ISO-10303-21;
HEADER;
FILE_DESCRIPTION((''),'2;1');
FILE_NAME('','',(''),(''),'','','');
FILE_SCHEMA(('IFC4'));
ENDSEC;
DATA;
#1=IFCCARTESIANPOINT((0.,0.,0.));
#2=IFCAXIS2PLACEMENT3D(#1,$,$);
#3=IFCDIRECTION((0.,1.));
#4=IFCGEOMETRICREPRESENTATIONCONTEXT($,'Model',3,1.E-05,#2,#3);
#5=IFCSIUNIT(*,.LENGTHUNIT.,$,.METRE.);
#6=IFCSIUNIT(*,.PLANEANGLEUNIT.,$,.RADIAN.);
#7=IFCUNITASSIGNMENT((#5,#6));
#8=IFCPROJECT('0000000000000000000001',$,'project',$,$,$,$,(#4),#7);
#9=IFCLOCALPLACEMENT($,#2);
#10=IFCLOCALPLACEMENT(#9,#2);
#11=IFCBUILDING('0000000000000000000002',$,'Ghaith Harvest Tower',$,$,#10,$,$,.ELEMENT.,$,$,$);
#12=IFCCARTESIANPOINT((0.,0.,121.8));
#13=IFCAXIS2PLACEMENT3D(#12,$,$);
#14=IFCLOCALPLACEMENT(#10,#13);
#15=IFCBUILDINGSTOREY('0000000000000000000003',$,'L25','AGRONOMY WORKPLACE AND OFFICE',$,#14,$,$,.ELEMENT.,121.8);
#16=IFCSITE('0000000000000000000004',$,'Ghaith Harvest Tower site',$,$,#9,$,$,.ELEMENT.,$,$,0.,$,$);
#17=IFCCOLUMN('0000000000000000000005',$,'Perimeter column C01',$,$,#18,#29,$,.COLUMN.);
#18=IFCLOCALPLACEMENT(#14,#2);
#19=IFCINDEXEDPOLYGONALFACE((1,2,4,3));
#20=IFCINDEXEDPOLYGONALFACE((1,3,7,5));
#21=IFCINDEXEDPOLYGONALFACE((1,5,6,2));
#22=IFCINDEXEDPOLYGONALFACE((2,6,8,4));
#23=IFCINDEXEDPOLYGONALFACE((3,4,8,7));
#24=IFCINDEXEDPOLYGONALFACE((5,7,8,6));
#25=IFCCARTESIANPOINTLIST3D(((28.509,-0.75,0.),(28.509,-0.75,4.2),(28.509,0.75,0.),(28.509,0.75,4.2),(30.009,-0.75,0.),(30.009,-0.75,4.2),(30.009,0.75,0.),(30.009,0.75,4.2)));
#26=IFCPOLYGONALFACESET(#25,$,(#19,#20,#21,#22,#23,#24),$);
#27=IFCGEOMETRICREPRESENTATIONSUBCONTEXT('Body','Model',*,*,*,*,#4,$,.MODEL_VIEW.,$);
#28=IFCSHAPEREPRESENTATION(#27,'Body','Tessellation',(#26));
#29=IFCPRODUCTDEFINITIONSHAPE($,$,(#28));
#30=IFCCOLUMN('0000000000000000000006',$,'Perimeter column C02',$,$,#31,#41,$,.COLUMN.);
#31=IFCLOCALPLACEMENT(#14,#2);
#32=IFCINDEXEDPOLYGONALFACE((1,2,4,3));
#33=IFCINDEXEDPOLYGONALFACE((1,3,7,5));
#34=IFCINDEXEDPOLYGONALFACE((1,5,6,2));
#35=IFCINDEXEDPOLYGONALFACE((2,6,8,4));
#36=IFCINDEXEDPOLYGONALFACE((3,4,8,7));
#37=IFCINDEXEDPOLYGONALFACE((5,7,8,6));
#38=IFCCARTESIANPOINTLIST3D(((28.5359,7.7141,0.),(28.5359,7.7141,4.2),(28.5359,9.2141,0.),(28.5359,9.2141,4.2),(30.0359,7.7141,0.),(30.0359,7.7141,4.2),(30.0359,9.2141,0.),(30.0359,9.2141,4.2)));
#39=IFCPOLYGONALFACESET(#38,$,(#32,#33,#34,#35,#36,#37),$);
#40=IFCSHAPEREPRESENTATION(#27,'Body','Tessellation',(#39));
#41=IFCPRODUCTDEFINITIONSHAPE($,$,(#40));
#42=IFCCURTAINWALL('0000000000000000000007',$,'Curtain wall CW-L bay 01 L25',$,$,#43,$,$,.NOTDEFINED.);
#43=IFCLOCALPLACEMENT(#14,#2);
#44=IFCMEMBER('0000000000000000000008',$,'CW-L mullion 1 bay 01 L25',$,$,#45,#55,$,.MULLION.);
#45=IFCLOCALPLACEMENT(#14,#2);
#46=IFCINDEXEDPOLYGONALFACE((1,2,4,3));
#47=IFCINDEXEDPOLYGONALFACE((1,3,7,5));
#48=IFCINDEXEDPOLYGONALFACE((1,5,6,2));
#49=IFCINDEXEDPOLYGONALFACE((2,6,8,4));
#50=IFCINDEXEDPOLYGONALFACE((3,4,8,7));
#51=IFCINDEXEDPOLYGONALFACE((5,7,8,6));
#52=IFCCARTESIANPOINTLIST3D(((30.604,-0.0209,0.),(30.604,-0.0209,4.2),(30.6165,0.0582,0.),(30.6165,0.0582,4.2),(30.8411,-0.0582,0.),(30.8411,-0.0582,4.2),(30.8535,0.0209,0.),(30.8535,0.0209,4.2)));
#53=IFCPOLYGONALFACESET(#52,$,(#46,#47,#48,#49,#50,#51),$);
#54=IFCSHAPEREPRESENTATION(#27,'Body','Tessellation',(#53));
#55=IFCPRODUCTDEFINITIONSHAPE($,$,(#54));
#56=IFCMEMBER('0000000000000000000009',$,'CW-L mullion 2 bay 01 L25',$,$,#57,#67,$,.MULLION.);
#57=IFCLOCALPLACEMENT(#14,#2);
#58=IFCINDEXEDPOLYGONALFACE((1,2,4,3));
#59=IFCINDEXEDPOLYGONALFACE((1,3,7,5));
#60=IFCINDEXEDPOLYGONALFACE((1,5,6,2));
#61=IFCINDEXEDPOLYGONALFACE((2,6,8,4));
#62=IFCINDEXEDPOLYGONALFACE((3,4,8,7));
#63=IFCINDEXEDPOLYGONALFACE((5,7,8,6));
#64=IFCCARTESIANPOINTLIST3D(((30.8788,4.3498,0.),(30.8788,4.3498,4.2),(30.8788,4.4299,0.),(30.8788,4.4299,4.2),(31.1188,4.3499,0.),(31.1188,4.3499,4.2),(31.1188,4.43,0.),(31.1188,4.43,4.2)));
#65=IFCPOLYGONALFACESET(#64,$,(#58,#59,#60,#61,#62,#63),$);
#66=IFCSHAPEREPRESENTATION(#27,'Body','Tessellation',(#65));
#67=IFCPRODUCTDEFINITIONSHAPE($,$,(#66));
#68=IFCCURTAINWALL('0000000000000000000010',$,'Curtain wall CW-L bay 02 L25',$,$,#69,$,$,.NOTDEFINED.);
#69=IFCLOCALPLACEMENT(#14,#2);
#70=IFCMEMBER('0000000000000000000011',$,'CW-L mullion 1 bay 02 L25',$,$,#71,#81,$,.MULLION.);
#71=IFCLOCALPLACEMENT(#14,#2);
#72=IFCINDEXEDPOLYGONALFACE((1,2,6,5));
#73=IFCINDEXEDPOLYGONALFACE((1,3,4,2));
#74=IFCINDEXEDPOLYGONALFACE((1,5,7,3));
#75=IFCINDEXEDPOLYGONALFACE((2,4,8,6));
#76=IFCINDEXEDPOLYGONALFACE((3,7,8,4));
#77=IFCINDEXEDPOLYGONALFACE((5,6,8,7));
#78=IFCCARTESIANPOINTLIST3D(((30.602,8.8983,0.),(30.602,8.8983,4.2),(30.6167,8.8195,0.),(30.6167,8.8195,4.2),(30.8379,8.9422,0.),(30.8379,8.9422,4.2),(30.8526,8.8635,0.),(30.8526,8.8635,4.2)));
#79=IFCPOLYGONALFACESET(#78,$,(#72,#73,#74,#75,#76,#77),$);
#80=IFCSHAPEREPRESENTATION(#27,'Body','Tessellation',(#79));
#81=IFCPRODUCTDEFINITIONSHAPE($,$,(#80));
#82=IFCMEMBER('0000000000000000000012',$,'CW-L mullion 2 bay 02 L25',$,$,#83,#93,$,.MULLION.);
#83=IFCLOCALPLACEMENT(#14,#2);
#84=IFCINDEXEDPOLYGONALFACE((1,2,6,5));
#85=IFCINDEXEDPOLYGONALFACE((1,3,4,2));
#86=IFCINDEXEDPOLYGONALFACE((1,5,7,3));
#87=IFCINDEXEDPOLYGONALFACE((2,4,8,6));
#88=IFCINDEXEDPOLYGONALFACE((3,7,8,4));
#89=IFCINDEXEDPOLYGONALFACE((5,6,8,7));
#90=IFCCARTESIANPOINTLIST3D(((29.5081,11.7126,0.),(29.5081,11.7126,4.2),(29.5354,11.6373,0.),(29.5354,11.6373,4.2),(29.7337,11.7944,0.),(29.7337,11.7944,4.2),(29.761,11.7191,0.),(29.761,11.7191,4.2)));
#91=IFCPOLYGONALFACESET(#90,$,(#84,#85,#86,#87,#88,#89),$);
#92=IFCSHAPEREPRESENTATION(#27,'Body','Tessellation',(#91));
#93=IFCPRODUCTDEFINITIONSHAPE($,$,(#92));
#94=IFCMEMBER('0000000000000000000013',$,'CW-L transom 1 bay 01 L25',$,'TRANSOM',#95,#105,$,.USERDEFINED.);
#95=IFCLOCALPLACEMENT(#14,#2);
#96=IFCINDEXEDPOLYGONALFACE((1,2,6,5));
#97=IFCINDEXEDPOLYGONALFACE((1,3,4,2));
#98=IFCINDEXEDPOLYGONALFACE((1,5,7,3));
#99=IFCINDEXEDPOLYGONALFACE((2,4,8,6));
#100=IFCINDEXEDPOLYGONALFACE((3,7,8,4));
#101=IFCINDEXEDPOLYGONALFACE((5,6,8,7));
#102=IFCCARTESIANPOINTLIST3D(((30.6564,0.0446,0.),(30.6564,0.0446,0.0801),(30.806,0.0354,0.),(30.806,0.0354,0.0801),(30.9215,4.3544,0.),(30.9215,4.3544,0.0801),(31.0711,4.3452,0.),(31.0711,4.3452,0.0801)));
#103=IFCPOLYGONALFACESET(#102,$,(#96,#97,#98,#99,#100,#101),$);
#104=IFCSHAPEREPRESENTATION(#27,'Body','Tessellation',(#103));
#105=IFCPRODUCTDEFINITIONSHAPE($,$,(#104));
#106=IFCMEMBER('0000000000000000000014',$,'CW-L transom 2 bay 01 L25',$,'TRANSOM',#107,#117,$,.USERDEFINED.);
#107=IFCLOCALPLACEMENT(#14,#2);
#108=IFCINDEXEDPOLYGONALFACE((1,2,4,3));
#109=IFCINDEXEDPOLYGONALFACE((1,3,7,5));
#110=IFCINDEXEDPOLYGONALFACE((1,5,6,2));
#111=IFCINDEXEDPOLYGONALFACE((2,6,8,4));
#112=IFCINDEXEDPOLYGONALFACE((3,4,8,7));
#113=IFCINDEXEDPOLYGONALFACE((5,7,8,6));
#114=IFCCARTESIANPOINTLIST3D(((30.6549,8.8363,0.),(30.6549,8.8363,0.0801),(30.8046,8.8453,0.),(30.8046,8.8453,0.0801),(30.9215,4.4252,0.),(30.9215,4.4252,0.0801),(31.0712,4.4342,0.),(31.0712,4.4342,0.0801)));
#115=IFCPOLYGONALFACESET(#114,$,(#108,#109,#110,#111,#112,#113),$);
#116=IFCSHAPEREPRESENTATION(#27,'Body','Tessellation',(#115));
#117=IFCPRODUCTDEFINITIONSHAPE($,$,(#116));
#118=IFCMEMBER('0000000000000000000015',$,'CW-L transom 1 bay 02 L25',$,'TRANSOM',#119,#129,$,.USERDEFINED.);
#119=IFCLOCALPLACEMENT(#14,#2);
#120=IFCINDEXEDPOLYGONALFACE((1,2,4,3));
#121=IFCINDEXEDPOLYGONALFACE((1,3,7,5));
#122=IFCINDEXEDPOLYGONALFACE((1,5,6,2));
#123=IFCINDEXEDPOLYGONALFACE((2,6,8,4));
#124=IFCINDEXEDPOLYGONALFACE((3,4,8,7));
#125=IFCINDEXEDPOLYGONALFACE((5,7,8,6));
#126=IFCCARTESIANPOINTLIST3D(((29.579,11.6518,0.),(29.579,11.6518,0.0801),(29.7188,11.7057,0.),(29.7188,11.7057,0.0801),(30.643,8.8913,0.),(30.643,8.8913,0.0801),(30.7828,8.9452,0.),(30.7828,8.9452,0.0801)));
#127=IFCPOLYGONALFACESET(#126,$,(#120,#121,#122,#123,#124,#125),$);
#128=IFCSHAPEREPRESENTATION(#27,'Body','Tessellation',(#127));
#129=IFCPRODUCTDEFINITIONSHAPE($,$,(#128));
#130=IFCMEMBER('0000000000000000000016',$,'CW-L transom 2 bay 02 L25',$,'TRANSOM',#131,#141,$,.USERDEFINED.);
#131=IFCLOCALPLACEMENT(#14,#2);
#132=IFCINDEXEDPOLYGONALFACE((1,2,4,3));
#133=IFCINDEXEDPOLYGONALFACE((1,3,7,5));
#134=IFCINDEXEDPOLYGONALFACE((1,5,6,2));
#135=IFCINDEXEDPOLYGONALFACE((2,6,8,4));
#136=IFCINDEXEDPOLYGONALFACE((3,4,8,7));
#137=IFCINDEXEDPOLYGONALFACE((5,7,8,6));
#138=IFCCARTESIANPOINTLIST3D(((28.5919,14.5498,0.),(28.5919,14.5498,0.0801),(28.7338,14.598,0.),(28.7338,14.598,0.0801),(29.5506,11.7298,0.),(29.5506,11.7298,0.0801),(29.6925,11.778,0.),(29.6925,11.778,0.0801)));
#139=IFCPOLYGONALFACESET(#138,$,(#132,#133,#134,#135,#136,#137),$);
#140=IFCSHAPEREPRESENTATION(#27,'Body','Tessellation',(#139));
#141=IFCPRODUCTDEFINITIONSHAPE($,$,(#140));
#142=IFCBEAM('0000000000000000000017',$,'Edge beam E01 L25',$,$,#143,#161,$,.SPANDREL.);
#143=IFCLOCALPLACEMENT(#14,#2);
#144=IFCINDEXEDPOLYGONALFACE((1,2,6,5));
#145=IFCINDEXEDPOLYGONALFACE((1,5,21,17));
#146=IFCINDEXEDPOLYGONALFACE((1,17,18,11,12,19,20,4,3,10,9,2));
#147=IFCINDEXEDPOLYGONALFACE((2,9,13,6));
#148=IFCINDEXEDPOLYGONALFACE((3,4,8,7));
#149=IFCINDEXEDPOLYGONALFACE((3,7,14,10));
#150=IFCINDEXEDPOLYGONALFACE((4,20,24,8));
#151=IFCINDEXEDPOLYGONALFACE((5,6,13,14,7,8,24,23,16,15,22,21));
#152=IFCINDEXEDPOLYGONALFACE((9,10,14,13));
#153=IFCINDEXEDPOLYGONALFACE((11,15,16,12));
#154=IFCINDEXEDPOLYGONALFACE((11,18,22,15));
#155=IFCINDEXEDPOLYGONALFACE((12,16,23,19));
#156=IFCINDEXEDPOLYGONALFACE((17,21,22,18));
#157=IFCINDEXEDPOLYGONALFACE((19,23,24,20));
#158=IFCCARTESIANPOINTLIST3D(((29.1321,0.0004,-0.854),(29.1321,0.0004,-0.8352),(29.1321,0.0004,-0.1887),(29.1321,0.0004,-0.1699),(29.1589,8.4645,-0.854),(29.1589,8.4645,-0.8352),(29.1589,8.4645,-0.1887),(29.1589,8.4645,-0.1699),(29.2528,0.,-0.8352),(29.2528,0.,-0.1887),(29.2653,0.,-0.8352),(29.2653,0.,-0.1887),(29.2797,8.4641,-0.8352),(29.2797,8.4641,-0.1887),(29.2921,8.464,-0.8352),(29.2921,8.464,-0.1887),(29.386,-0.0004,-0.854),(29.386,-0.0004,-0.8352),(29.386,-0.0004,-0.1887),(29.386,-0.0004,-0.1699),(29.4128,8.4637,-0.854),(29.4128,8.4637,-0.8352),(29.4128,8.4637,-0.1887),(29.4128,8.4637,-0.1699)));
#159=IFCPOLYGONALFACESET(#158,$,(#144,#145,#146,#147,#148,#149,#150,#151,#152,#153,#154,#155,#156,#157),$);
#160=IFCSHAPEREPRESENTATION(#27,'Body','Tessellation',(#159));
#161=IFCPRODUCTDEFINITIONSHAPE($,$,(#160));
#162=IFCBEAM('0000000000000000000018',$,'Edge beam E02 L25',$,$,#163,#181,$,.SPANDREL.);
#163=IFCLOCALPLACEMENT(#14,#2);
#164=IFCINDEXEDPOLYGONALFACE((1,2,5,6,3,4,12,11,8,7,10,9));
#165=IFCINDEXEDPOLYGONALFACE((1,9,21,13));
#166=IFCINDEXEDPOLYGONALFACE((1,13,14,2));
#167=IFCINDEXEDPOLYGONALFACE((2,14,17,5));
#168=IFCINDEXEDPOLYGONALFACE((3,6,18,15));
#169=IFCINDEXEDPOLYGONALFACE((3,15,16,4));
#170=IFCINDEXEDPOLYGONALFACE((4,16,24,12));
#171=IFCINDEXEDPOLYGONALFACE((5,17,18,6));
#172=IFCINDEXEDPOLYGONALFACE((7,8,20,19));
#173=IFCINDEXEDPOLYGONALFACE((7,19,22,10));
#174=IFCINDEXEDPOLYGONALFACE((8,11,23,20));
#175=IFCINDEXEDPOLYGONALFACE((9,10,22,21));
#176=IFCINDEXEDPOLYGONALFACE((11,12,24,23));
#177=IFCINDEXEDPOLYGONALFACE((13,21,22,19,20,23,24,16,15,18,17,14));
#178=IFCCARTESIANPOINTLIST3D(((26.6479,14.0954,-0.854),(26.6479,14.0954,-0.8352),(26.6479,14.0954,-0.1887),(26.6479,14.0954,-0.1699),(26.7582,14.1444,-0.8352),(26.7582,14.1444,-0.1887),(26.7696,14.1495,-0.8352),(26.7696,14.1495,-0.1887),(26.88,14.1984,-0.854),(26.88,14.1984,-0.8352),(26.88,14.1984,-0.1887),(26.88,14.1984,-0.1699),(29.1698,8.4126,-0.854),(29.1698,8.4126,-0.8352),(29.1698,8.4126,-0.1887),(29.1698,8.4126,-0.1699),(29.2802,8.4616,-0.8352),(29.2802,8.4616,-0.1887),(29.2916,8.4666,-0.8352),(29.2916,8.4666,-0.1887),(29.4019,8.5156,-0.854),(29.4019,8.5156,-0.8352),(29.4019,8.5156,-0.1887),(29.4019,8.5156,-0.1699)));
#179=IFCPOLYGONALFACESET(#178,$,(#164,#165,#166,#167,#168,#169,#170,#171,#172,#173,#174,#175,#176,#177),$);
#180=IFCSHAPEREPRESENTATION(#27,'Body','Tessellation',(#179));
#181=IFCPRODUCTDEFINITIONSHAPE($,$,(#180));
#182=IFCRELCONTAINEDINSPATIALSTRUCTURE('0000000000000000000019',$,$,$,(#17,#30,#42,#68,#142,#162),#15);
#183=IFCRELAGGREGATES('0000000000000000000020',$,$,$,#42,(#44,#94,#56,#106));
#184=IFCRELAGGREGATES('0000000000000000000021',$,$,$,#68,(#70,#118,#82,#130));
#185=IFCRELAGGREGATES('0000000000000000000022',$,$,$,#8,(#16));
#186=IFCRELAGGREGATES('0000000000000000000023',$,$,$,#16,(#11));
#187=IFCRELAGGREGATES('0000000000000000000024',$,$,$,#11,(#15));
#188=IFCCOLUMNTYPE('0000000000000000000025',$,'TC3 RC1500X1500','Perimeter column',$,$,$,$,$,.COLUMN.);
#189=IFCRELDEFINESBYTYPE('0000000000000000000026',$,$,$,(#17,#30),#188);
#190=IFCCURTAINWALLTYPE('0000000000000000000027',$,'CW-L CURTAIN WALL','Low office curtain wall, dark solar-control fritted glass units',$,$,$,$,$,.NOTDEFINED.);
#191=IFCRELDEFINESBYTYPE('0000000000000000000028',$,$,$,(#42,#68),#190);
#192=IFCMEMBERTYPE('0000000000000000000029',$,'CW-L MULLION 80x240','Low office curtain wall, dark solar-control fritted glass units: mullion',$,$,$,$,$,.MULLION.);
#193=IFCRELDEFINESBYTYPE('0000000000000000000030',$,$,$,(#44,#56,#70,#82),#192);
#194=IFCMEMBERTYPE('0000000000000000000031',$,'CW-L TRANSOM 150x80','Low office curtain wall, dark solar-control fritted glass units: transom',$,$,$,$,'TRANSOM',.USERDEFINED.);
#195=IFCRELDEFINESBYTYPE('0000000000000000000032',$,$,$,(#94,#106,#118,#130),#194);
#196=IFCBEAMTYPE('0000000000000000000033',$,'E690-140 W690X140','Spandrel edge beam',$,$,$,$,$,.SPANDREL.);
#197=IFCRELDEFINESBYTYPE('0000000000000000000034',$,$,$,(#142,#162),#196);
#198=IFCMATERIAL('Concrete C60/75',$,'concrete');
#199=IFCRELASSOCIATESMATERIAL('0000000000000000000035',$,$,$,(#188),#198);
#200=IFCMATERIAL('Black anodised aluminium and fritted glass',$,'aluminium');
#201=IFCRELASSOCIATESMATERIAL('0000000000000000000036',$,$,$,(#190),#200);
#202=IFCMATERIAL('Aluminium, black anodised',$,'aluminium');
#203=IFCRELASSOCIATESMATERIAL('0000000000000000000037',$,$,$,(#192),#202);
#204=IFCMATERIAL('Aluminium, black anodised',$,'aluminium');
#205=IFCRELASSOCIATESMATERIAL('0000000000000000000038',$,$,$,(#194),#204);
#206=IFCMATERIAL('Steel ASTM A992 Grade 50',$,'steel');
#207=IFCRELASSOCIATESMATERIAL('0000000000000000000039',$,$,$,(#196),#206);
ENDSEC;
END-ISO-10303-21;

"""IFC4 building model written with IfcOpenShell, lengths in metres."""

from ifc_helpers import new_model, si_unit, direction, frame, origin, origin_2d, place, context, subcontext, project, spatial, rectangle, i_section, extrude, material, material_profile, profile_set, type_object, element, aggregate, save


model = new_model("IFC4")

# Units and contexts
model_context = context("Model", 3, precision=1e-05, world=origin(), true_north=direction((0.0, 1.0)))
body_context = subcontext(model_context, "Body", "Model", "MODEL_VIEW")
ifc_project = project(units=[si_unit("LENGTHUNIT", "METRE"), si_unit("PLANEANGLEUNIT", "RADIAN")], contexts=[model_context])

# Site, building, storey
site_placement = place(None, origin())
site = spatial("IfcSite", under=ifc_project, at=site_placement, Name="Ghaith Harvest Tower site", CompositionType="ELEMENT", RefElevation=0.0)
building_placement = place(site_placement, origin())
building = spatial("IfcBuilding", under=site, at=building_placement, Name="Ghaith Harvest Tower", CompositionType="ELEMENT")
storey_placement = place(building_placement, frame((0.0, 0.0, 121.8)))
storey = spatial("IfcBuildingStorey", under=building, at=storey_placement, Name="L25", Description="AGRONOMY WORKPLACE AND OFFICE", CompositionType="ELEMENT", Elevation=121.8)

# Columns
ifc_material_1 = material(Name="Concrete C60/75", Category="concrete")
ifc_material_profile_1 = material_profile(ifc_material_1, rectangle(XDim=1.5, YDim=1.5, at=origin_2d()), Name="RC1500X1500")
ifc_profile_set_1 = profile_set([ifc_material_profile_1], Name="Concrete C60/75")
column_type = type_object("IfcColumnType", Name="TC3 RC1500X1500", Description="Perimeter column", PredefinedType="COLUMN", material=ifc_profile_set_1)
for number, where, z_axis, x_axis, name in (
    (1, (29.259, 0.0, 0.0), (0.0, 0.0, 1.0), (1.0, 0.0, 0.0), "Perimeter column C01"),
    (2, (29.2859, 8.4641, 0.0), (0.0, 0.0, 1.0), (1.0, 0.0, 0.0), "Perimeter column C02"),
):
    element("IfcColumn", number, at=place(storey_placement, frame(where, z_axis=z_axis, x_axis=x_axis)), inside=storey, type_object=column_type, Name=name, PredefinedType="COLUMN", context=body_context, shape_type="SweptSolid", body=[
        extrude(rectangle(XDim=1.5, YDim=1.5, at=origin_2d()), origin(), (0.0, 0.0, 1.0), 4.2),
    ])

# Curtain walls, members
ifc_material_2 = material(Name="Black anodised aluminium and fritted glass", Category="aluminium")
curtain_wall_type = type_object("IfcCurtainWallType", Name="CW-L CURTAIN WALL", Description="Low office curtain wall, dark solar-control fritted glass units", PredefinedType="NOTDEFINED", material=ifc_material_2)
curtain_wall_1_placement = place(storey_placement, origin())
curtain_wall_1 = element("IfcCurtainWall", 3, at=curtain_wall_1_placement, inside=storey, type_object=curtain_wall_type, Name="Curtain wall CW-L bay 01 L25", PredefinedType="NOTDEFINED")
ifc_material_3 = material(Name="Aluminium, black anodised", Category="aluminium")
ifc_material_profile_2 = material_profile(ifc_material_3, rectangle(XDim=0.0801, YDim=0.24, at=origin_2d()), Name="CW-L MULLION 80x240")
ifc_profile_set_2 = profile_set([ifc_material_profile_2], Name="Aluminium, black anodised")
member_type_1 = type_object("IfcMemberType", Name="CW-L MULLION 80x240", Description="Low office curtain wall, dark solar-control fritted glass units: mullion", PredefinedType="MULLION", material=ifc_profile_set_2)
member_1_placement = place(storey_placement, frame((30.7288, 0.0, 0.0), z_axis=(0.0, 0.0, 1.0), x_axis=(0.155597, 0.987821, 0.0)))
member_1 = element("IfcMember", 4, at=member_1_placement, type_object=member_type_1, Name="CW-L mullion 1 bay 01 L25", PredefinedType="MULLION", context=body_context, shape_type="SweptSolid", body=[
    extrude(rectangle(XDim=0.0801, YDim=0.24, at=origin_2d()), origin(), (0.0, 0.0, 1.0), 4.2),
])
member_2_placement = place(storey_placement, frame((30.9988, 4.3899, 0.0), z_axis=(0.0, 0.0, 1.0), x_axis=(-0.000162, 1.0, 0.0)))
member_2 = element("IfcMember", 5, at=member_2_placement, type_object=member_type_1, Name="CW-L mullion 2 bay 01 L25", PredefinedType="MULLION", context=body_context, shape_type="SweptSolid", body=[
    extrude(rectangle(XDim=0.0801, YDim=0.24, at=origin_2d()), origin(), (0.0, 0.0, 1.0), 4.2),
])
curtain_wall_2_placement = place(storey_placement, origin())
curtain_wall_2 = element("IfcCurtainWall", 6, at=curtain_wall_2_placement, inside=storey, type_object=curtain_wall_type, Name="Curtain wall CW-L bay 02 L25", PredefinedType="NOTDEFINED")
member_3_placement = place(storey_placement, frame((30.7273, 8.8809, 0.0), z_axis=(0.0, 0.0, 1.0), x_axis=(-0.18307, 0.9831, 0.0)))
member_3 = element("IfcMember", 7, at=member_3_placement, type_object=member_type_1, Name="CW-L mullion 1 bay 02 L25", PredefinedType="MULLION", context=body_context, shape_type="SweptSolid", body=[
    extrude(rectangle(XDim=0.0801, YDim=0.24, at=origin_2d()), origin(), (0.0, 0.0, 1.0), 4.2),
])
member_4_placement = place(storey_placement, frame((29.6345, 11.7158, 0.0), z_axis=(0.0, 0.0, 1.0), x_axis=(-0.340771, 0.940146, 0.0)))
member_4 = element("IfcMember", 8, at=member_4_placement, type_object=member_type_1, Name="CW-L mullion 2 bay 02 L25", PredefinedType="MULLION", context=body_context, shape_type="SweptSolid", body=[
    extrude(rectangle(XDim=0.0801, YDim=0.24, at=origin_2d()), origin(), (0.0, 0.0, 1.0), 4.2),
])

# Members
ifc_material_4 = material(Name="Aluminium, black anodised", Category="aluminium")
ifc_material_profile_3 = material_profile(ifc_material_4, rectangle(XDim=0.1499, YDim=0.0801, at=origin_2d()), Name="CW-L TRANSOM 150x80")
ifc_profile_set_3 = profile_set([ifc_material_profile_3], Name="Aluminium, black anodised")
member_type_2 = type_object("IfcMemberType", Name="CW-L TRANSOM 150x80", Description="Low office curtain wall, dark solar-control fritted glass units: transom", ElementType="TRANSOM", PredefinedType="USERDEFINED", material=ifc_profile_set_3)
member_5_placement = place(storey_placement, frame((30.7312, 0.04, 0.04), z_axis=(0.061403, 0.998113, 0.0), x_axis=(-0.998113, 0.061403, 0.0)))
member_5 = element("IfcMember", 9, at=member_5_placement, type_object=member_type_2, Name="CW-L transom 1 bay 01 L25", ObjectType="TRANSOM", PredefinedType="USERDEFINED", context=body_context, shape_type="SweptSolid", body=[
    extrude(rectangle(XDim=0.1499, YDim=0.0801, at=origin_2d()), origin(), (0.0, 0.0, 1.0), 4.3179),
])
member_6_placement = place(storey_placement, frame((30.9963, 4.4297, 0.04), z_axis=(-0.060328, 0.998179, 0.0), x_axis=(-0.998179, -0.060328, 0.0)))
member_6 = element("IfcMember", 10, at=member_6_placement, type_object=member_type_2, Name="CW-L transom 2 bay 01 L25", ObjectType="TRANSOM", PredefinedType="USERDEFINED", context=body_context, shape_type="SweptSolid", body=[
    extrude(rectangle(XDim=0.1499, YDim=0.0801, at=origin_2d()), origin(), (0.0, 0.0, 1.0), 4.4192),
])
member_7_placement = place(storey_placement, frame((30.7129, 8.9182, 0.04), z_axis=(-0.359637, 0.933092, 0.0), x_axis=(-0.933092, -0.359637, 0.0)))
member_7 = element("IfcMember", 11, at=member_7_placement, type_object=member_type_2, Name="CW-L transom 1 bay 02 L25", ObjectType="TRANSOM", PredefinedType="USERDEFINED", context=body_context, shape_type="SweptSolid", body=[
    extrude(rectangle(XDim=0.1499, YDim=0.0801, at=origin_2d()), origin(), (0.0, 0.0, 1.0), 2.9585),
])
member_8_placement = place(storey_placement, frame((29.6216, 11.7539, 0.04), z_axis=(-0.321878, 0.946781, 0.0), x_axis=(-0.946781, -0.321878, 0.0)))
member_8 = element("IfcMember", 12, at=member_8_placement, type_object=member_type_2, Name="CW-L transom 2 bay 02 L25", ObjectType="TRANSOM", PredefinedType="USERDEFINED", context=body_context, shape_type="SweptSolid", body=[
    extrude(rectangle(XDim=0.1499, YDim=0.0801, at=origin_2d()), origin(), (0.0, 0.0, 1.0), 2.9785),
])

# Beams
ifc_material_5 = material(Name="Steel ASTM A992 Grade 50", Category="steel")
ifc_material_profile_4 = material_profile(ifc_material_5, i_section(OverallWidth=0.2539, OverallDepth=0.6841, WebThickness=0.0125, FlangeThickness=0.0188, at=origin_2d()), Name="W690X140")
ifc_profile_set_4 = profile_set([ifc_material_profile_4], Name="Steel ASTM A992 Grade 50")
beam_type = type_object("IfcBeamType", Name="E690-140 W690X140", Description="Spandrel edge beam", PredefinedType="SPANDREL", material=ifc_profile_set_4)
beam_1_placement = place(storey_placement, frame((29.259, 0.0, -0.512), z_axis=(0.003173, 0.999995, 0.0), x_axis=(-0.999995, 0.003173, 0.0)))
element("IfcBeam", 13, at=beam_1_placement, inside=storey, type_object=beam_type, Name="Edge beam E01 L25", PredefinedType="SPANDREL", context=body_context, shape_type="SweptSolid", body=[
    extrude(i_section(OverallWidth=0.2539, OverallDepth=0.6841, WebThickness=0.0125, FlangeThickness=0.0188, at=origin_2d()), origin(), (0.0, 0.0, 1.0), 8.4641),
])
beam_2_placement = place(storey_placement, frame((29.2859, 8.4641, -0.512), z_axis=(-0.405636, 0.914035, 0.0), x_axis=(-0.914035, -0.405636, 0.0)))
element("IfcBeam", 14, at=beam_2_placement, inside=storey, type_object=beam_type, Name="Edge beam E02 L25", PredefinedType="SPANDREL", context=body_context, shape_type="SweptSolid", body=[
    extrude(i_section(OverallWidth=0.2539, OverallDepth=0.6841, WebThickness=0.0125, FlangeThickness=0.0188, at=origin_2d()), origin(), (0.0, 0.0, 1.0), 6.2173),
])

aggregate(curtain_wall_1, [member_1, member_5, member_2, member_6])
aggregate(curtain_wall_2, [member_3, member_7, member_4, member_8])

save(model, "model.ifc")
